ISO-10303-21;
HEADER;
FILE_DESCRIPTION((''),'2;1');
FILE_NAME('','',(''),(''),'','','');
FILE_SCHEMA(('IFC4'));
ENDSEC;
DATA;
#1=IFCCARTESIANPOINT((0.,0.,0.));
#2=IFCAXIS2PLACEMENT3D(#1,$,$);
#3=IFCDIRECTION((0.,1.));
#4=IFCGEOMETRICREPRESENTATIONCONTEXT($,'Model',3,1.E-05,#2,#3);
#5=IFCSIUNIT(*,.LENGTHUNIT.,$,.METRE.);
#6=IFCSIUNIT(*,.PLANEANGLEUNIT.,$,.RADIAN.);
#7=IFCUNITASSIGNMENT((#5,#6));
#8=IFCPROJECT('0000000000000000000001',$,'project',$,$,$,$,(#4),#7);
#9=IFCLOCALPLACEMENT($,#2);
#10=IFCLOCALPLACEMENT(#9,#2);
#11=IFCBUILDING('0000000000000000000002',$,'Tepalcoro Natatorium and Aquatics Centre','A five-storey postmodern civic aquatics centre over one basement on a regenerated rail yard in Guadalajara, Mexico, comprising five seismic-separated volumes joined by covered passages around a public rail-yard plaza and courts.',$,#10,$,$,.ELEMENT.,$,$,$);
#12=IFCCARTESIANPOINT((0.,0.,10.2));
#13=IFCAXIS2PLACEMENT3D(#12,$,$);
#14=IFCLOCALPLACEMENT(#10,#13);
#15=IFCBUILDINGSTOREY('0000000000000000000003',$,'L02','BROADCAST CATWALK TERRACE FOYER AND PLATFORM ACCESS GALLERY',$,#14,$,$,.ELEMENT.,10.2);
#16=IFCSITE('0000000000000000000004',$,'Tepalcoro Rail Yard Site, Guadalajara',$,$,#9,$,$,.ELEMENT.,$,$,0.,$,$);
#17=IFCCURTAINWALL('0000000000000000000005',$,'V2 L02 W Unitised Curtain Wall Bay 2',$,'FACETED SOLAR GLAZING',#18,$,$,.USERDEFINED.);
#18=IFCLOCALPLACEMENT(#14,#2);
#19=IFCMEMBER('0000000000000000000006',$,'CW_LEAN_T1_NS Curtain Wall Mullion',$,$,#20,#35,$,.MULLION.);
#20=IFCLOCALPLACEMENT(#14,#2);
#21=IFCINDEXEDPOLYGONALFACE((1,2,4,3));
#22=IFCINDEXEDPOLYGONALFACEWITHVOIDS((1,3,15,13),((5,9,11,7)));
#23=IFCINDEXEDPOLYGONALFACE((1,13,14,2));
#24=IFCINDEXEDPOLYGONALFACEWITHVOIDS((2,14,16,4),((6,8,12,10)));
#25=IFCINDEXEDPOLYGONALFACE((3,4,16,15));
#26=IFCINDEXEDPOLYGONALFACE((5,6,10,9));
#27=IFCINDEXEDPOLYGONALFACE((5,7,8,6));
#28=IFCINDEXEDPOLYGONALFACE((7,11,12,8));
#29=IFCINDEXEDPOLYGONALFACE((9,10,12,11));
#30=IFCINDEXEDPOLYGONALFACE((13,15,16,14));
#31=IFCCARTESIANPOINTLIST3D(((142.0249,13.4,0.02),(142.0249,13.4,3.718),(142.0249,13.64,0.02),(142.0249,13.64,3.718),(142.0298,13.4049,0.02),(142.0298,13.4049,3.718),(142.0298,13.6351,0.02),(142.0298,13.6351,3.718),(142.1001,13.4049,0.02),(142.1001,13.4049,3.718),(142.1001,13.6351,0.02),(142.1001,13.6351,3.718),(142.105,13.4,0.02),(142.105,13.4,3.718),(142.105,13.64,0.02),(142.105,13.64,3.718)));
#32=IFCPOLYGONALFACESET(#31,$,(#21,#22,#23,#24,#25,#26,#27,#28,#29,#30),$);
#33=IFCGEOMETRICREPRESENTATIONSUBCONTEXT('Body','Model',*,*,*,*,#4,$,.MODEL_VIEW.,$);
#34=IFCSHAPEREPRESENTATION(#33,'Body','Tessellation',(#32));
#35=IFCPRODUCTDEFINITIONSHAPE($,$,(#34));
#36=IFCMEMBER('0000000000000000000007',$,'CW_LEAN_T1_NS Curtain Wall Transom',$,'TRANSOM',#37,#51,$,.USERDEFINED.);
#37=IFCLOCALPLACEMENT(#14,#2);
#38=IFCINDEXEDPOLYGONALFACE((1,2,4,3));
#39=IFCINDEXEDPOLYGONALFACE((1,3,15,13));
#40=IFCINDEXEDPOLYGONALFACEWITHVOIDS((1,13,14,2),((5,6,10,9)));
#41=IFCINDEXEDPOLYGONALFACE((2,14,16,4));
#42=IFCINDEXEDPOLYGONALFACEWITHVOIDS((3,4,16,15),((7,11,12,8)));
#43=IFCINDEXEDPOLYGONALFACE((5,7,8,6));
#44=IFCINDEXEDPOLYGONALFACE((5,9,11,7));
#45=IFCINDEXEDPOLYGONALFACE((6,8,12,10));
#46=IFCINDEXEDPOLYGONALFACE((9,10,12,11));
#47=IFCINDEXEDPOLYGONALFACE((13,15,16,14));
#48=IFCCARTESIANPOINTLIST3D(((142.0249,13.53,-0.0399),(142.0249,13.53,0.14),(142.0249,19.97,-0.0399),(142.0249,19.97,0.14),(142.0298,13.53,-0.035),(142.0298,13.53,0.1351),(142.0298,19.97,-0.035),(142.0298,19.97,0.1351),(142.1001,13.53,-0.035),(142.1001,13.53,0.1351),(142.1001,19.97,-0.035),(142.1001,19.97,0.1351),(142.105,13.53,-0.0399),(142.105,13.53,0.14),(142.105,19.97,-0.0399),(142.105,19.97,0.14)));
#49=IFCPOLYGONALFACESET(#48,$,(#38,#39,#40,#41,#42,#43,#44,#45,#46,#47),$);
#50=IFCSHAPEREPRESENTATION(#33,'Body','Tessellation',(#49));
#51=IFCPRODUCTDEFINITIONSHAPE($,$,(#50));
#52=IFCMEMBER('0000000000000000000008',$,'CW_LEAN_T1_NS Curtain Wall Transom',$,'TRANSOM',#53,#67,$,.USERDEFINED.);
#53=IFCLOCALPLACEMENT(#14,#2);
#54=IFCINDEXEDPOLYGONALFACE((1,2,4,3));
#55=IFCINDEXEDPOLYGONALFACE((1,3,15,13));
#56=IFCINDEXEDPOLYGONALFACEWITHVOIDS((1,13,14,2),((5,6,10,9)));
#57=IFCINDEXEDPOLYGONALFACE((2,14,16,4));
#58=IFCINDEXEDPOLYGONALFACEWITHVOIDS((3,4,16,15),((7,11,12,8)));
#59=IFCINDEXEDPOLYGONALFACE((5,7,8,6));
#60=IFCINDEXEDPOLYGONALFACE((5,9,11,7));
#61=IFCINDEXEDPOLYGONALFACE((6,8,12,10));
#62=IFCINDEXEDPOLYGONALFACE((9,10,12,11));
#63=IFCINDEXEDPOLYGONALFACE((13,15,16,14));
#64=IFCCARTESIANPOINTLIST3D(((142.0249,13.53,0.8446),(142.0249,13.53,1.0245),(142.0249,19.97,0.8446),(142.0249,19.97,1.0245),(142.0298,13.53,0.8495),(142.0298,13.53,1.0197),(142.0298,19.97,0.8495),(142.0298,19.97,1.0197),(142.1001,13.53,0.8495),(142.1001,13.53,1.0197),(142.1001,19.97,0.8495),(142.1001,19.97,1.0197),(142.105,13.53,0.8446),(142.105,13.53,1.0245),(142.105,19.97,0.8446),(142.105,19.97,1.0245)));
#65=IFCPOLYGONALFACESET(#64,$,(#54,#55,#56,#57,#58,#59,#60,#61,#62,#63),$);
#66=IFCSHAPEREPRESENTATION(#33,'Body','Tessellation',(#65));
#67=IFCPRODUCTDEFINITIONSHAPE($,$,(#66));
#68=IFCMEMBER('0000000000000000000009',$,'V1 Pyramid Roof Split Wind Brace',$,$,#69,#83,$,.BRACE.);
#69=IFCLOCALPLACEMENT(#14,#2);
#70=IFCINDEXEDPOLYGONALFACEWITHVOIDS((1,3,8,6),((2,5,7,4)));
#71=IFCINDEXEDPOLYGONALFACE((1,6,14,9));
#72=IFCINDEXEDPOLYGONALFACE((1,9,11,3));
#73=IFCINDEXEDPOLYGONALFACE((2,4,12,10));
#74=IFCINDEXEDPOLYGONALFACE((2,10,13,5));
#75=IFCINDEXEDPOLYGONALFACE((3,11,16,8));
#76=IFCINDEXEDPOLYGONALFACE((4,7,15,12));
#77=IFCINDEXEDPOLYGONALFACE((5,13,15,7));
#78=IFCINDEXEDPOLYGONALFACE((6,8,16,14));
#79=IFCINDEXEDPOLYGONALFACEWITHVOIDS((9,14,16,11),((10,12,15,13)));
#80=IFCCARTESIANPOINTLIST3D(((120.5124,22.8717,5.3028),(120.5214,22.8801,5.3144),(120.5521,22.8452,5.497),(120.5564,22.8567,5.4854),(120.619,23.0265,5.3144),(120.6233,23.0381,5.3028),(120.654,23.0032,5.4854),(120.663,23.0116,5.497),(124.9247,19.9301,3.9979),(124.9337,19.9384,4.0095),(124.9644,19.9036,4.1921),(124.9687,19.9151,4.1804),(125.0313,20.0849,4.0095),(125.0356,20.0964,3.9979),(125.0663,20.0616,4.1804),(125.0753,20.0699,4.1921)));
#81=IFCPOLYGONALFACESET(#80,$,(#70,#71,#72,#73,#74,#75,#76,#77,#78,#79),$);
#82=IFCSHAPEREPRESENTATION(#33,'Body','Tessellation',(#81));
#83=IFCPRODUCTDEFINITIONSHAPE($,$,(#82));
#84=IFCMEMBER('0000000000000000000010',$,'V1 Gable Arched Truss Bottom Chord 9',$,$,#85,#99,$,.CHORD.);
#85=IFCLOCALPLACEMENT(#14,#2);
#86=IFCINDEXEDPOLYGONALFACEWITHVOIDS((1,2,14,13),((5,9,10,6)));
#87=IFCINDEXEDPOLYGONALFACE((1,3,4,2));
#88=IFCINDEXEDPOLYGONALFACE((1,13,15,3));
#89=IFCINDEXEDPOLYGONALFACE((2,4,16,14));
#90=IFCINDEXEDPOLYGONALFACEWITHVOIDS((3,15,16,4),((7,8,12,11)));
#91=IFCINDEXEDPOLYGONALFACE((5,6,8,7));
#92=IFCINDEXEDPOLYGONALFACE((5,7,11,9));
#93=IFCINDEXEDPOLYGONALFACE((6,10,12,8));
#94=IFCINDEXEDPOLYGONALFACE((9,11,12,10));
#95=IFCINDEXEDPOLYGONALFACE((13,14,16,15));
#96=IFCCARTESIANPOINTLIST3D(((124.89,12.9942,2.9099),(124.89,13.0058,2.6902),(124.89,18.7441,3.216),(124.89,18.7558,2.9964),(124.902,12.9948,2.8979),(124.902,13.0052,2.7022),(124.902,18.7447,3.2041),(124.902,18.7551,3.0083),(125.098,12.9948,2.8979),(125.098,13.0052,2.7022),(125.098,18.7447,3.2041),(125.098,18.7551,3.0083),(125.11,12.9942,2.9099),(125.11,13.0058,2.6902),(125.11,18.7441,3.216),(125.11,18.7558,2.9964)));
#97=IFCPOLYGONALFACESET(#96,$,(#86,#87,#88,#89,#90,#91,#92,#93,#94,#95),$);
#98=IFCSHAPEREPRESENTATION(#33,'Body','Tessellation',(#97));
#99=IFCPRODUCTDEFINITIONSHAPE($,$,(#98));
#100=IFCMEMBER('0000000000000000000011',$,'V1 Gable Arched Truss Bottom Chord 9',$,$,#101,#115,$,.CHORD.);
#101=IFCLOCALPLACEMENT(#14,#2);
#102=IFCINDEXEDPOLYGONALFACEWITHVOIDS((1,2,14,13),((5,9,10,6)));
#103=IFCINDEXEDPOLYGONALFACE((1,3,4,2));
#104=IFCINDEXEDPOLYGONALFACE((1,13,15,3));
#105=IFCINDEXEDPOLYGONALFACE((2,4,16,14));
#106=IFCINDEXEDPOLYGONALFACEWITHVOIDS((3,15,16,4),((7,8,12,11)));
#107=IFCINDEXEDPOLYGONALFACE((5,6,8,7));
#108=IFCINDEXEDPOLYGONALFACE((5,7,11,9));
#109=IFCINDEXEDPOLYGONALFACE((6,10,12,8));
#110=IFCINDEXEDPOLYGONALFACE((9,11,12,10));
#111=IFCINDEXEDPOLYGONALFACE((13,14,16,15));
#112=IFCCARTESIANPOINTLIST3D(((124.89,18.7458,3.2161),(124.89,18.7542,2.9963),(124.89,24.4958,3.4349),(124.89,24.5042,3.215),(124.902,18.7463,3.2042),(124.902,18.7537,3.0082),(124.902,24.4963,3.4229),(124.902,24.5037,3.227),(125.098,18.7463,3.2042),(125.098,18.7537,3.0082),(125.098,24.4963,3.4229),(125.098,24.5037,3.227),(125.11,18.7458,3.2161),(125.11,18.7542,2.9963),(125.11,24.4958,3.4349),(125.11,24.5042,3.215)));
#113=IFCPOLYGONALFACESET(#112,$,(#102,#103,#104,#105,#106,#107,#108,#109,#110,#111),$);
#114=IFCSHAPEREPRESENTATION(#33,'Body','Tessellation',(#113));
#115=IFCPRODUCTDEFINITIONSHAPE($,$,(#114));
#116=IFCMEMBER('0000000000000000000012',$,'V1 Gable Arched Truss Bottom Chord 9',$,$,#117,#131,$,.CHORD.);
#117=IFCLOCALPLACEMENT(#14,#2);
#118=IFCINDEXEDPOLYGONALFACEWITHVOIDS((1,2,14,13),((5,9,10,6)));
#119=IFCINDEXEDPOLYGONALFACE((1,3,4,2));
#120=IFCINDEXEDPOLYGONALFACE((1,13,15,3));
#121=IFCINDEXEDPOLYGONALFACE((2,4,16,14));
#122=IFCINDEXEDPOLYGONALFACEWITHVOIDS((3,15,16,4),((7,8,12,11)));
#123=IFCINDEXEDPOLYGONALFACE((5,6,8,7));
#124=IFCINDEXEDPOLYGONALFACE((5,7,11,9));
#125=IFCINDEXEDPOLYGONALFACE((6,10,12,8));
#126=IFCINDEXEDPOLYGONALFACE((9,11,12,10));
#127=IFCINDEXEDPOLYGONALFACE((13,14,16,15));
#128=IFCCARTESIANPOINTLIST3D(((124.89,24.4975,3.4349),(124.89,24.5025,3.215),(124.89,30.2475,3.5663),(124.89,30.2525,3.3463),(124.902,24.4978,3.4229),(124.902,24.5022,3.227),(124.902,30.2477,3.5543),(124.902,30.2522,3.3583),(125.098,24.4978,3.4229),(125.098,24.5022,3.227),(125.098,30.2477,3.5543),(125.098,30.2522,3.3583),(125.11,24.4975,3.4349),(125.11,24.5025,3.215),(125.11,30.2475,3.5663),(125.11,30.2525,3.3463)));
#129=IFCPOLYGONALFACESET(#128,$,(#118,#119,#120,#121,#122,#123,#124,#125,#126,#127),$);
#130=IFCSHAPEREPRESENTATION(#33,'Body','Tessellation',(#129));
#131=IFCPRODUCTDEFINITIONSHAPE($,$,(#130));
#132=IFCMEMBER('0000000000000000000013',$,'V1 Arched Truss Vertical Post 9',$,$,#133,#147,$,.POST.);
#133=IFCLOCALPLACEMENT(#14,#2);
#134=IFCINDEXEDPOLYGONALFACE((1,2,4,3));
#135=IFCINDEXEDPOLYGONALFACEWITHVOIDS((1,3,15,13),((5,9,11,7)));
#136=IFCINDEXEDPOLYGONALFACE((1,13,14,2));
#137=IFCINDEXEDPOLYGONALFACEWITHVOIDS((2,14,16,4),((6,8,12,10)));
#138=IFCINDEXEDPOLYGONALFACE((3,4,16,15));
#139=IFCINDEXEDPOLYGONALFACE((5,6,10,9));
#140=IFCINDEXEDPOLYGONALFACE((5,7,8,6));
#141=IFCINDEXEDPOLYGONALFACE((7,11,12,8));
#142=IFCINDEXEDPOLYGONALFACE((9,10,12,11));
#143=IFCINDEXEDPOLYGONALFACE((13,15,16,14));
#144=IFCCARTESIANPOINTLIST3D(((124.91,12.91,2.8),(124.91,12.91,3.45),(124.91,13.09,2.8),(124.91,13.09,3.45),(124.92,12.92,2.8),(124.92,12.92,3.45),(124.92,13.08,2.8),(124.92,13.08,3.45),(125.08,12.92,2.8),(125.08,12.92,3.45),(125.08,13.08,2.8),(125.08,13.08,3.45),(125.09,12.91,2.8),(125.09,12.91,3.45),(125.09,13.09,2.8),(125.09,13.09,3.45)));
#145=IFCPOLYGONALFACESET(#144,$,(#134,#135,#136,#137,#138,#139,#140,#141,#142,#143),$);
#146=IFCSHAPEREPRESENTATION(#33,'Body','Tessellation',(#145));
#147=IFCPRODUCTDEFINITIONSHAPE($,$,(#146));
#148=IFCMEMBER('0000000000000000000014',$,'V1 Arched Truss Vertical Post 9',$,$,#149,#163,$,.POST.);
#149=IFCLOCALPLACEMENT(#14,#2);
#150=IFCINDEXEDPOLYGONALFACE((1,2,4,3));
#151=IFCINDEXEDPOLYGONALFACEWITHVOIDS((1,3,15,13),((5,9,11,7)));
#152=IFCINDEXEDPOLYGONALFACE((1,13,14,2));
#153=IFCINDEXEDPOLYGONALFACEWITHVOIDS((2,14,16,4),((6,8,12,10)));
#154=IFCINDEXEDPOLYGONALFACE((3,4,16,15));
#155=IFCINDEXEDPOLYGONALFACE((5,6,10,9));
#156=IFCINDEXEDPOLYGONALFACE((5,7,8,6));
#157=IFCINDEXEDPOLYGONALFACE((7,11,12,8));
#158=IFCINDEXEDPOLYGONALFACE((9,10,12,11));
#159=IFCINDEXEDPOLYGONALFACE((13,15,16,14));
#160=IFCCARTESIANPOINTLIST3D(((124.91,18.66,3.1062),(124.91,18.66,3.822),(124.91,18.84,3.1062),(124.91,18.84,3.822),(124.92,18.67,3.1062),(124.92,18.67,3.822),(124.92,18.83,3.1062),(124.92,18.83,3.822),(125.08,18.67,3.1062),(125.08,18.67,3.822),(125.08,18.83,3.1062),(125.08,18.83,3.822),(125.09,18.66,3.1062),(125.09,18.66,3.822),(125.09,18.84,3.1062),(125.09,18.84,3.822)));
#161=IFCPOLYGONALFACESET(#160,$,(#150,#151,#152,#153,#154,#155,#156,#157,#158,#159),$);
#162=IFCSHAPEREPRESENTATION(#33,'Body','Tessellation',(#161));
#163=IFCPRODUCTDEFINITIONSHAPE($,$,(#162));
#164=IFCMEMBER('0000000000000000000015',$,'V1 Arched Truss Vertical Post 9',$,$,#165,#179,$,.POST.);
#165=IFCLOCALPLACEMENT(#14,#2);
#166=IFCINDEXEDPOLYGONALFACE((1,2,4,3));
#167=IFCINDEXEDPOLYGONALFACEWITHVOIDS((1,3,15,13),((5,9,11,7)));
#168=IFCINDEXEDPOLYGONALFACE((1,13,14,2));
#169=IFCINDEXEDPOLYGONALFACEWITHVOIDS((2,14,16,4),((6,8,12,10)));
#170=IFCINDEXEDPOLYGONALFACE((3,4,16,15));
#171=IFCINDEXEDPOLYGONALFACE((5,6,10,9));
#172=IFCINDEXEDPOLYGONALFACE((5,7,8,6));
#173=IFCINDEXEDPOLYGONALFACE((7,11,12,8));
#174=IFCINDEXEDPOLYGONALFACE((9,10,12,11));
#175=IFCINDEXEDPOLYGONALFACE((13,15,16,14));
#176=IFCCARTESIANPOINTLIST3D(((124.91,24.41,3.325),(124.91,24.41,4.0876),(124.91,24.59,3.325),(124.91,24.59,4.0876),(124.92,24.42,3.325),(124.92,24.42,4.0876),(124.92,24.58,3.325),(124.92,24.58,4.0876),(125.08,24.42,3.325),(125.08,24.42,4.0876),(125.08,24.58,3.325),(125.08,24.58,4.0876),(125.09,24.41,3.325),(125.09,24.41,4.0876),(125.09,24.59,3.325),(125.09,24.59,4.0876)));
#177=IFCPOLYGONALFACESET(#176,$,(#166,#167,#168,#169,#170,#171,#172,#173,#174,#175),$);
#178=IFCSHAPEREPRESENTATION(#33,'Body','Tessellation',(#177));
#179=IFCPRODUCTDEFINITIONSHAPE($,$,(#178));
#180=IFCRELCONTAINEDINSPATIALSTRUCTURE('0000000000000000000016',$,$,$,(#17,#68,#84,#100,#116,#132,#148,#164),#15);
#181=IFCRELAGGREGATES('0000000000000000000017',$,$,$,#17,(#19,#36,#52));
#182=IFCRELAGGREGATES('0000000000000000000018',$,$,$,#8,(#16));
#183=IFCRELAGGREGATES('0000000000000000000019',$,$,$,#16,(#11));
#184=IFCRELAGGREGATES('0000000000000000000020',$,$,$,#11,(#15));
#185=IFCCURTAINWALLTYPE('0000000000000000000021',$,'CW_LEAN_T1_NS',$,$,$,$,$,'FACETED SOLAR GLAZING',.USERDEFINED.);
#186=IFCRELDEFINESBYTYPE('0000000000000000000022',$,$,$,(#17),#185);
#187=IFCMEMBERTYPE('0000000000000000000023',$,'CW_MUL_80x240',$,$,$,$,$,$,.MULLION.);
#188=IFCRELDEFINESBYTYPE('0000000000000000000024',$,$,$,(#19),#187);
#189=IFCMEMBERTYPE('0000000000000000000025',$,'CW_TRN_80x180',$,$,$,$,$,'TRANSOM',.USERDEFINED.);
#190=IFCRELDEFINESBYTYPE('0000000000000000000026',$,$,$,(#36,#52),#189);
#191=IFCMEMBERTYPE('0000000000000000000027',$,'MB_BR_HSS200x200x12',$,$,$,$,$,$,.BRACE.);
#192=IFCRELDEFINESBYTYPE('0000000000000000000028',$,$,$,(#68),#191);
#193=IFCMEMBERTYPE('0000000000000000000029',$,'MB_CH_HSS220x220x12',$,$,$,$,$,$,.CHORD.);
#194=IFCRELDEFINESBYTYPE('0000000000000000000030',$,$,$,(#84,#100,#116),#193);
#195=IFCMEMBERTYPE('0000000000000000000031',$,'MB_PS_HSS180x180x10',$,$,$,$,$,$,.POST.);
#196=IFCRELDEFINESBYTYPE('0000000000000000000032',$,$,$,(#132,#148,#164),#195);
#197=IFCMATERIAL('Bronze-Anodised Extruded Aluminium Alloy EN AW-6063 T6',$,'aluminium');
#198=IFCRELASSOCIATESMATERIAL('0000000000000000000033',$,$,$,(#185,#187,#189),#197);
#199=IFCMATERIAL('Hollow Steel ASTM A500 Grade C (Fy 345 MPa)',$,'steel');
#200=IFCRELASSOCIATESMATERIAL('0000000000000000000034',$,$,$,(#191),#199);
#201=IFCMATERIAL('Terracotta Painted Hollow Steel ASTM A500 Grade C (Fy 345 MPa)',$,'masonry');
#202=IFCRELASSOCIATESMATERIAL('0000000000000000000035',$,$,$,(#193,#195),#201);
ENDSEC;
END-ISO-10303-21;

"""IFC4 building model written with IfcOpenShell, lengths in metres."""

from ifc_helpers import new_model, si_unit, direction, frame, origin, origin_2d, place, context, subcontext, project, spatial, hollow_rectangle, extrude, material, material_profile, profile_set, type_object, element, aggregate, save


model = new_model("IFC4")

# Units and contexts
model_context = context("Model", 3, precision=1e-05, world=origin(), true_north=direction((0.0, 1.0)))
body_context = subcontext(model_context, "Body", "Model", "MODEL_VIEW")
ifc_project = project(units=[si_unit("LENGTHUNIT", "METRE"), si_unit("PLANEANGLEUNIT", "RADIAN")], contexts=[model_context])

# Site, building, storey
site_placement = place(None, origin())
site = spatial("IfcSite", under=ifc_project, at=site_placement, Name="Tepalcoro Rail Yard Site, Guadalajara", CompositionType="ELEMENT", RefElevation=0.0)
building_placement = place(site_placement, origin())
building = spatial("IfcBuilding", under=site, at=building_placement, Name="Tepalcoro Natatorium and Aquatics Centre", Description="A five-storey postmodern civic aquatics centre over one basement on a regenerated rail yard in Guadalajara, Mexico, comprising five seismic-separated volumes joined by covered passages around a public rail-yard plaza and courts.", CompositionType="ELEMENT")
storey_placement = place(building_placement, frame((0.0, 0.0, 10.2)))
storey = spatial("IfcBuildingStorey", under=building, at=storey_placement, Name="L02", Description="BROADCAST CATWALK TERRACE FOYER AND PLATFORM ACCESS GALLERY", CompositionType="ELEMENT", Elevation=10.2)

# Shared definitions
ifc_material_1 = material(Name="Terracotta Painted Hollow Steel ASTM A500 Grade C (Fy 345 MPa)", Category="masonry")

# Shared definitions
ifc_material_2 = material(Name="Bronze-Anodised Extruded Aluminium Alloy EN AW-6063 T6", Category="aluminium")

# Curtain wall, members
curtain_wall_type_1 = type_object("IfcCurtainWallType", Name="CW_LEAN_T1_NS", ElementType="FACETED SOLAR GLAZING", PredefinedType="USERDEFINED", material=ifc_material_2)
curtain_wall_1_placement = place(storey_placement, origin())
curtain_wall_1 = element("IfcCurtainWall", 1, at=curtain_wall_1_placement, inside=storey, type_object=curtain_wall_type_1, Name="V2 L02 W Unitised Curtain Wall Bay 2", ObjectType="FACETED SOLAR GLAZING", PredefinedType="USERDEFINED")
ifc_material_profile_1 = material_profile(ifc_material_2, hollow_rectangle(XDim=0.0801, YDim=0.24, WallThickness=0.0049, at=origin_2d()), Name="AL80X240X5")
ifc_profile_set_1 = profile_set([ifc_material_profile_1], Name="Bronze-Anodised Extruded Aluminium Alloy EN AW-6063 T6")
member_type_1 = type_object("IfcMemberType", Name="CW_MUL_80x240", PredefinedType="MULLION", material=ifc_profile_set_1)
member_1_placement = place(storey_placement, frame((142.0649, 13.52, 0.02), z_axis=(0.0, 0.0, 1.0), x_axis=(1.0, 0.0, 0.0)))
member_1 = element("IfcMember", 2, at=member_1_placement, type_object=member_type_1, Name="CW_LEAN_T1_NS Curtain Wall Mullion", PredefinedType="MULLION", context=body_context, shape_type="SweptSolid", body=[
    extrude(hollow_rectangle(XDim=0.0801, YDim=0.24, WallThickness=0.0049, at=origin_2d()), origin(), (0.0, 0.0, 1.0), 3.698),
])
ifc_material_profile_2 = material_profile(ifc_material_2, hollow_rectangle(XDim=0.0801, YDim=0.1799, WallThickness=0.0049, at=origin_2d()), Name="AL80X180X5")
ifc_profile_set_2 = profile_set([ifc_material_profile_2], Name="Bronze-Anodised Extruded Aluminium Alloy EN AW-6063 T6")
member_type_2 = type_object("IfcMemberType", Name="CW_TRN_80x180", ElementType="TRANSOM", PredefinedType="USERDEFINED", material=ifc_profile_set_2)
member_2_placement = place(storey_placement, frame((142.0649, 13.53, 0.05), z_axis=(0.0, 1.0, 0.0), x_axis=(-1.0, 0.0, 0.0)))
member_2 = element("IfcMember", 3, at=member_2_placement, type_object=member_type_2, Name="CW_LEAN_T1_NS Curtain Wall Transom", ObjectType="TRANSOM", PredefinedType="USERDEFINED", context=body_context, shape_type="SweptSolid", body=[
    extrude(hollow_rectangle(XDim=0.0801, YDim=0.1799, WallThickness=0.0049, at=origin_2d()), origin(), (0.0, 0.0, 1.0), 6.4399),
])
member_3_placement = place(storey_placement, frame((142.0649, 13.53, 0.9346), z_axis=(0.0, 1.0, 0.0), x_axis=(-1.0, 0.0, 0.0)))
member_3 = element("IfcMember", 4, at=member_3_placement, type_object=member_type_2, Name="CW_LEAN_T1_NS Curtain Wall Transom", ObjectType="TRANSOM", PredefinedType="USERDEFINED", context=body_context, shape_type="SweptSolid", body=[
    extrude(hollow_rectangle(XDim=0.0801, YDim=0.1799, WallThickness=0.0049, at=origin_2d()), origin(), (0.0, 0.0, 1.0), 6.4399),
])
aggregate(curtain_wall_1, [member_1, member_2, member_3])

# Members
ifc_material_3 = material(Name="Hollow Steel ASTM A500 Grade C (Fy 345 MPa)", Category="steel")
ifc_material_profile_3 = material_profile(ifc_material_3, hollow_rectangle(XDim=0.2, YDim=0.2, WallThickness=0.012, at=origin_2d()), Name="HSS200X200X12")
ifc_profile_set_3 = profile_set([ifc_material_profile_3], Name="Hollow Steel ASTM A500 Grade C (Fy 345 MPa)")
member_type_3 = type_object("IfcMemberType", Name="MB_BR_HSS200x200x12", PredefinedType="BRACE", material=ifc_profile_set_3)
member_4_placement = place(storey_placement, frame((125.0, 20.0, 4.095), z_axis=(-0.807942, 0.538643, 0.238945), x_axis=(-0.554711, -0.832043, 0.0)))
element("IfcMember", 5, at=member_4_placement, inside=storey, type_object=member_type_3, Name="V1 Pyramid Roof Split Wind Brace", PredefinedType="BRACE", context=body_context, shape_type="SweptSolid", body=[
    extrude(hollow_rectangle(XDim=0.2, YDim=0.2, WallThickness=0.012, at=origin_2d()), origin(), (0.0, 0.0, 1.0), 5.4612),
])
ifc_material_profile_4 = material_profile(ifc_material_1, hollow_rectangle(XDim=0.22, YDim=0.22, WallThickness=0.012, at=origin_2d()), Name="HSS220X220X12")
ifc_profile_set_4 = profile_set([ifc_material_profile_4], Name="Terracotta Painted Hollow Steel ASTM A500 Grade C (Fy 345 MPa)")
member_type_4 = type_object("IfcMemberType", Name="MB_CH_HSS220x220x12", PredefinedType="CHORD", material=ifc_profile_set_4)
member_5_placement = place(storey_placement, frame((125.0, 13.0, 2.8), z_axis=(0.0, 0.998586, 0.053169), x_axis=(-1.0, 0.0, 0.0)))
element("IfcMember", 6, at=member_5_placement, inside=storey, type_object=member_type_4, Name="V1 Gable Arched Truss Bottom Chord 9", PredefinedType="CHORD", context=body_context, shape_type="SweptSolid", body=[
    extrude(hollow_rectangle(XDim=0.22, YDim=0.22, WallThickness=0.012, at=origin_2d()), origin(), (0.0, 0.0, 1.0), 5.7581),
])
member_6_placement = place(storey_placement, frame((125.0, 18.75, 3.1062), z_axis=(0.0, 0.999277, 0.038016), x_axis=(-1.0, 0.0, 0.0)))
element("IfcMember", 7, at=member_6_placement, inside=storey, type_object=member_type_4, Name="V1 Gable Arched Truss Bottom Chord 9", PredefinedType="CHORD", context=body_context, shape_type="SweptSolid", body=[
    extrude(hollow_rectangle(XDim=0.22, YDim=0.22, WallThickness=0.012, at=origin_2d()), origin(), (0.0, 0.0, 1.0), 5.7542),
])
member_7_placement = place(storey_placement, frame((125.0, 24.5, 3.325), z_axis=(0.0, 0.999739, 0.022837), x_axis=(-1.0, 0.0, 0.0)))
element("IfcMember", 8, at=member_7_placement, inside=storey, type_object=member_type_4, Name="V1 Gable Arched Truss Bottom Chord 9", PredefinedType="CHORD", context=body_context, shape_type="SweptSolid", body=[
    extrude(hollow_rectangle(XDim=0.22, YDim=0.22, WallThickness=0.012, at=origin_2d()), origin(), (0.0, 0.0, 1.0), 5.7515),
])
ifc_material_profile_5 = material_profile(ifc_material_1, hollow_rectangle(XDim=0.1799, YDim=0.1799, WallThickness=0.01, at=origin_2d()), Name="HSS180X180X10")
ifc_profile_set_5 = profile_set([ifc_material_profile_5], Name="Terracotta Painted Hollow Steel ASTM A500 Grade C (Fy 345 MPa)")
member_type_5 = type_object("IfcMemberType", Name="MB_PS_HSS180x180x10", PredefinedType="POST", material=ifc_profile_set_5)
member_8_placement = place(storey_placement, frame((125.0, 13.0, 2.8), z_axis=(0.0, 0.0, 1.0), x_axis=(1.0, 0.0, 0.0)))
element("IfcMember", 9, at=member_8_placement, inside=storey, type_object=member_type_5, Name="V1 Arched Truss Vertical Post 9", PredefinedType="POST", context=body_context, shape_type="SweptSolid", body=[
    extrude(hollow_rectangle(XDim=0.1799, YDim=0.1799, WallThickness=0.01, at=origin_2d()), origin(), (0.0, 0.0, 1.0), 0.6499),
])
member_9_placement = place(storey_placement, frame((125.0, 18.75, 3.1062), z_axis=(0.0, 0.0, 1.0), x_axis=(1.0, 0.0, 0.0)))
element("IfcMember", 10, at=member_9_placement, inside=storey, type_object=member_type_5, Name="V1 Arched Truss Vertical Post 9", PredefinedType="POST", context=body_context, shape_type="SweptSolid", body=[
    extrude(hollow_rectangle(XDim=0.1799, YDim=0.1799, WallThickness=0.01, at=origin_2d()), origin(), (0.0, 0.0, 1.0), 0.7158),
])
member_10_placement = place(storey_placement, frame((125.0, 24.5, 3.325), z_axis=(0.0, 0.0, 1.0), x_axis=(1.0, 0.0, 0.0)))
element("IfcMember", 11, at=member_10_placement, inside=storey, type_object=member_type_5, Name="V1 Arched Truss Vertical Post 9", PredefinedType="POST", context=body_context, shape_type="SweptSolid", body=[
    extrude(hollow_rectangle(XDim=0.1799, YDim=0.1799, WallThickness=0.01, at=origin_2d()), origin(), (0.0, 0.0, 1.0), 0.7627),
])

save(model, "model.ifc")
